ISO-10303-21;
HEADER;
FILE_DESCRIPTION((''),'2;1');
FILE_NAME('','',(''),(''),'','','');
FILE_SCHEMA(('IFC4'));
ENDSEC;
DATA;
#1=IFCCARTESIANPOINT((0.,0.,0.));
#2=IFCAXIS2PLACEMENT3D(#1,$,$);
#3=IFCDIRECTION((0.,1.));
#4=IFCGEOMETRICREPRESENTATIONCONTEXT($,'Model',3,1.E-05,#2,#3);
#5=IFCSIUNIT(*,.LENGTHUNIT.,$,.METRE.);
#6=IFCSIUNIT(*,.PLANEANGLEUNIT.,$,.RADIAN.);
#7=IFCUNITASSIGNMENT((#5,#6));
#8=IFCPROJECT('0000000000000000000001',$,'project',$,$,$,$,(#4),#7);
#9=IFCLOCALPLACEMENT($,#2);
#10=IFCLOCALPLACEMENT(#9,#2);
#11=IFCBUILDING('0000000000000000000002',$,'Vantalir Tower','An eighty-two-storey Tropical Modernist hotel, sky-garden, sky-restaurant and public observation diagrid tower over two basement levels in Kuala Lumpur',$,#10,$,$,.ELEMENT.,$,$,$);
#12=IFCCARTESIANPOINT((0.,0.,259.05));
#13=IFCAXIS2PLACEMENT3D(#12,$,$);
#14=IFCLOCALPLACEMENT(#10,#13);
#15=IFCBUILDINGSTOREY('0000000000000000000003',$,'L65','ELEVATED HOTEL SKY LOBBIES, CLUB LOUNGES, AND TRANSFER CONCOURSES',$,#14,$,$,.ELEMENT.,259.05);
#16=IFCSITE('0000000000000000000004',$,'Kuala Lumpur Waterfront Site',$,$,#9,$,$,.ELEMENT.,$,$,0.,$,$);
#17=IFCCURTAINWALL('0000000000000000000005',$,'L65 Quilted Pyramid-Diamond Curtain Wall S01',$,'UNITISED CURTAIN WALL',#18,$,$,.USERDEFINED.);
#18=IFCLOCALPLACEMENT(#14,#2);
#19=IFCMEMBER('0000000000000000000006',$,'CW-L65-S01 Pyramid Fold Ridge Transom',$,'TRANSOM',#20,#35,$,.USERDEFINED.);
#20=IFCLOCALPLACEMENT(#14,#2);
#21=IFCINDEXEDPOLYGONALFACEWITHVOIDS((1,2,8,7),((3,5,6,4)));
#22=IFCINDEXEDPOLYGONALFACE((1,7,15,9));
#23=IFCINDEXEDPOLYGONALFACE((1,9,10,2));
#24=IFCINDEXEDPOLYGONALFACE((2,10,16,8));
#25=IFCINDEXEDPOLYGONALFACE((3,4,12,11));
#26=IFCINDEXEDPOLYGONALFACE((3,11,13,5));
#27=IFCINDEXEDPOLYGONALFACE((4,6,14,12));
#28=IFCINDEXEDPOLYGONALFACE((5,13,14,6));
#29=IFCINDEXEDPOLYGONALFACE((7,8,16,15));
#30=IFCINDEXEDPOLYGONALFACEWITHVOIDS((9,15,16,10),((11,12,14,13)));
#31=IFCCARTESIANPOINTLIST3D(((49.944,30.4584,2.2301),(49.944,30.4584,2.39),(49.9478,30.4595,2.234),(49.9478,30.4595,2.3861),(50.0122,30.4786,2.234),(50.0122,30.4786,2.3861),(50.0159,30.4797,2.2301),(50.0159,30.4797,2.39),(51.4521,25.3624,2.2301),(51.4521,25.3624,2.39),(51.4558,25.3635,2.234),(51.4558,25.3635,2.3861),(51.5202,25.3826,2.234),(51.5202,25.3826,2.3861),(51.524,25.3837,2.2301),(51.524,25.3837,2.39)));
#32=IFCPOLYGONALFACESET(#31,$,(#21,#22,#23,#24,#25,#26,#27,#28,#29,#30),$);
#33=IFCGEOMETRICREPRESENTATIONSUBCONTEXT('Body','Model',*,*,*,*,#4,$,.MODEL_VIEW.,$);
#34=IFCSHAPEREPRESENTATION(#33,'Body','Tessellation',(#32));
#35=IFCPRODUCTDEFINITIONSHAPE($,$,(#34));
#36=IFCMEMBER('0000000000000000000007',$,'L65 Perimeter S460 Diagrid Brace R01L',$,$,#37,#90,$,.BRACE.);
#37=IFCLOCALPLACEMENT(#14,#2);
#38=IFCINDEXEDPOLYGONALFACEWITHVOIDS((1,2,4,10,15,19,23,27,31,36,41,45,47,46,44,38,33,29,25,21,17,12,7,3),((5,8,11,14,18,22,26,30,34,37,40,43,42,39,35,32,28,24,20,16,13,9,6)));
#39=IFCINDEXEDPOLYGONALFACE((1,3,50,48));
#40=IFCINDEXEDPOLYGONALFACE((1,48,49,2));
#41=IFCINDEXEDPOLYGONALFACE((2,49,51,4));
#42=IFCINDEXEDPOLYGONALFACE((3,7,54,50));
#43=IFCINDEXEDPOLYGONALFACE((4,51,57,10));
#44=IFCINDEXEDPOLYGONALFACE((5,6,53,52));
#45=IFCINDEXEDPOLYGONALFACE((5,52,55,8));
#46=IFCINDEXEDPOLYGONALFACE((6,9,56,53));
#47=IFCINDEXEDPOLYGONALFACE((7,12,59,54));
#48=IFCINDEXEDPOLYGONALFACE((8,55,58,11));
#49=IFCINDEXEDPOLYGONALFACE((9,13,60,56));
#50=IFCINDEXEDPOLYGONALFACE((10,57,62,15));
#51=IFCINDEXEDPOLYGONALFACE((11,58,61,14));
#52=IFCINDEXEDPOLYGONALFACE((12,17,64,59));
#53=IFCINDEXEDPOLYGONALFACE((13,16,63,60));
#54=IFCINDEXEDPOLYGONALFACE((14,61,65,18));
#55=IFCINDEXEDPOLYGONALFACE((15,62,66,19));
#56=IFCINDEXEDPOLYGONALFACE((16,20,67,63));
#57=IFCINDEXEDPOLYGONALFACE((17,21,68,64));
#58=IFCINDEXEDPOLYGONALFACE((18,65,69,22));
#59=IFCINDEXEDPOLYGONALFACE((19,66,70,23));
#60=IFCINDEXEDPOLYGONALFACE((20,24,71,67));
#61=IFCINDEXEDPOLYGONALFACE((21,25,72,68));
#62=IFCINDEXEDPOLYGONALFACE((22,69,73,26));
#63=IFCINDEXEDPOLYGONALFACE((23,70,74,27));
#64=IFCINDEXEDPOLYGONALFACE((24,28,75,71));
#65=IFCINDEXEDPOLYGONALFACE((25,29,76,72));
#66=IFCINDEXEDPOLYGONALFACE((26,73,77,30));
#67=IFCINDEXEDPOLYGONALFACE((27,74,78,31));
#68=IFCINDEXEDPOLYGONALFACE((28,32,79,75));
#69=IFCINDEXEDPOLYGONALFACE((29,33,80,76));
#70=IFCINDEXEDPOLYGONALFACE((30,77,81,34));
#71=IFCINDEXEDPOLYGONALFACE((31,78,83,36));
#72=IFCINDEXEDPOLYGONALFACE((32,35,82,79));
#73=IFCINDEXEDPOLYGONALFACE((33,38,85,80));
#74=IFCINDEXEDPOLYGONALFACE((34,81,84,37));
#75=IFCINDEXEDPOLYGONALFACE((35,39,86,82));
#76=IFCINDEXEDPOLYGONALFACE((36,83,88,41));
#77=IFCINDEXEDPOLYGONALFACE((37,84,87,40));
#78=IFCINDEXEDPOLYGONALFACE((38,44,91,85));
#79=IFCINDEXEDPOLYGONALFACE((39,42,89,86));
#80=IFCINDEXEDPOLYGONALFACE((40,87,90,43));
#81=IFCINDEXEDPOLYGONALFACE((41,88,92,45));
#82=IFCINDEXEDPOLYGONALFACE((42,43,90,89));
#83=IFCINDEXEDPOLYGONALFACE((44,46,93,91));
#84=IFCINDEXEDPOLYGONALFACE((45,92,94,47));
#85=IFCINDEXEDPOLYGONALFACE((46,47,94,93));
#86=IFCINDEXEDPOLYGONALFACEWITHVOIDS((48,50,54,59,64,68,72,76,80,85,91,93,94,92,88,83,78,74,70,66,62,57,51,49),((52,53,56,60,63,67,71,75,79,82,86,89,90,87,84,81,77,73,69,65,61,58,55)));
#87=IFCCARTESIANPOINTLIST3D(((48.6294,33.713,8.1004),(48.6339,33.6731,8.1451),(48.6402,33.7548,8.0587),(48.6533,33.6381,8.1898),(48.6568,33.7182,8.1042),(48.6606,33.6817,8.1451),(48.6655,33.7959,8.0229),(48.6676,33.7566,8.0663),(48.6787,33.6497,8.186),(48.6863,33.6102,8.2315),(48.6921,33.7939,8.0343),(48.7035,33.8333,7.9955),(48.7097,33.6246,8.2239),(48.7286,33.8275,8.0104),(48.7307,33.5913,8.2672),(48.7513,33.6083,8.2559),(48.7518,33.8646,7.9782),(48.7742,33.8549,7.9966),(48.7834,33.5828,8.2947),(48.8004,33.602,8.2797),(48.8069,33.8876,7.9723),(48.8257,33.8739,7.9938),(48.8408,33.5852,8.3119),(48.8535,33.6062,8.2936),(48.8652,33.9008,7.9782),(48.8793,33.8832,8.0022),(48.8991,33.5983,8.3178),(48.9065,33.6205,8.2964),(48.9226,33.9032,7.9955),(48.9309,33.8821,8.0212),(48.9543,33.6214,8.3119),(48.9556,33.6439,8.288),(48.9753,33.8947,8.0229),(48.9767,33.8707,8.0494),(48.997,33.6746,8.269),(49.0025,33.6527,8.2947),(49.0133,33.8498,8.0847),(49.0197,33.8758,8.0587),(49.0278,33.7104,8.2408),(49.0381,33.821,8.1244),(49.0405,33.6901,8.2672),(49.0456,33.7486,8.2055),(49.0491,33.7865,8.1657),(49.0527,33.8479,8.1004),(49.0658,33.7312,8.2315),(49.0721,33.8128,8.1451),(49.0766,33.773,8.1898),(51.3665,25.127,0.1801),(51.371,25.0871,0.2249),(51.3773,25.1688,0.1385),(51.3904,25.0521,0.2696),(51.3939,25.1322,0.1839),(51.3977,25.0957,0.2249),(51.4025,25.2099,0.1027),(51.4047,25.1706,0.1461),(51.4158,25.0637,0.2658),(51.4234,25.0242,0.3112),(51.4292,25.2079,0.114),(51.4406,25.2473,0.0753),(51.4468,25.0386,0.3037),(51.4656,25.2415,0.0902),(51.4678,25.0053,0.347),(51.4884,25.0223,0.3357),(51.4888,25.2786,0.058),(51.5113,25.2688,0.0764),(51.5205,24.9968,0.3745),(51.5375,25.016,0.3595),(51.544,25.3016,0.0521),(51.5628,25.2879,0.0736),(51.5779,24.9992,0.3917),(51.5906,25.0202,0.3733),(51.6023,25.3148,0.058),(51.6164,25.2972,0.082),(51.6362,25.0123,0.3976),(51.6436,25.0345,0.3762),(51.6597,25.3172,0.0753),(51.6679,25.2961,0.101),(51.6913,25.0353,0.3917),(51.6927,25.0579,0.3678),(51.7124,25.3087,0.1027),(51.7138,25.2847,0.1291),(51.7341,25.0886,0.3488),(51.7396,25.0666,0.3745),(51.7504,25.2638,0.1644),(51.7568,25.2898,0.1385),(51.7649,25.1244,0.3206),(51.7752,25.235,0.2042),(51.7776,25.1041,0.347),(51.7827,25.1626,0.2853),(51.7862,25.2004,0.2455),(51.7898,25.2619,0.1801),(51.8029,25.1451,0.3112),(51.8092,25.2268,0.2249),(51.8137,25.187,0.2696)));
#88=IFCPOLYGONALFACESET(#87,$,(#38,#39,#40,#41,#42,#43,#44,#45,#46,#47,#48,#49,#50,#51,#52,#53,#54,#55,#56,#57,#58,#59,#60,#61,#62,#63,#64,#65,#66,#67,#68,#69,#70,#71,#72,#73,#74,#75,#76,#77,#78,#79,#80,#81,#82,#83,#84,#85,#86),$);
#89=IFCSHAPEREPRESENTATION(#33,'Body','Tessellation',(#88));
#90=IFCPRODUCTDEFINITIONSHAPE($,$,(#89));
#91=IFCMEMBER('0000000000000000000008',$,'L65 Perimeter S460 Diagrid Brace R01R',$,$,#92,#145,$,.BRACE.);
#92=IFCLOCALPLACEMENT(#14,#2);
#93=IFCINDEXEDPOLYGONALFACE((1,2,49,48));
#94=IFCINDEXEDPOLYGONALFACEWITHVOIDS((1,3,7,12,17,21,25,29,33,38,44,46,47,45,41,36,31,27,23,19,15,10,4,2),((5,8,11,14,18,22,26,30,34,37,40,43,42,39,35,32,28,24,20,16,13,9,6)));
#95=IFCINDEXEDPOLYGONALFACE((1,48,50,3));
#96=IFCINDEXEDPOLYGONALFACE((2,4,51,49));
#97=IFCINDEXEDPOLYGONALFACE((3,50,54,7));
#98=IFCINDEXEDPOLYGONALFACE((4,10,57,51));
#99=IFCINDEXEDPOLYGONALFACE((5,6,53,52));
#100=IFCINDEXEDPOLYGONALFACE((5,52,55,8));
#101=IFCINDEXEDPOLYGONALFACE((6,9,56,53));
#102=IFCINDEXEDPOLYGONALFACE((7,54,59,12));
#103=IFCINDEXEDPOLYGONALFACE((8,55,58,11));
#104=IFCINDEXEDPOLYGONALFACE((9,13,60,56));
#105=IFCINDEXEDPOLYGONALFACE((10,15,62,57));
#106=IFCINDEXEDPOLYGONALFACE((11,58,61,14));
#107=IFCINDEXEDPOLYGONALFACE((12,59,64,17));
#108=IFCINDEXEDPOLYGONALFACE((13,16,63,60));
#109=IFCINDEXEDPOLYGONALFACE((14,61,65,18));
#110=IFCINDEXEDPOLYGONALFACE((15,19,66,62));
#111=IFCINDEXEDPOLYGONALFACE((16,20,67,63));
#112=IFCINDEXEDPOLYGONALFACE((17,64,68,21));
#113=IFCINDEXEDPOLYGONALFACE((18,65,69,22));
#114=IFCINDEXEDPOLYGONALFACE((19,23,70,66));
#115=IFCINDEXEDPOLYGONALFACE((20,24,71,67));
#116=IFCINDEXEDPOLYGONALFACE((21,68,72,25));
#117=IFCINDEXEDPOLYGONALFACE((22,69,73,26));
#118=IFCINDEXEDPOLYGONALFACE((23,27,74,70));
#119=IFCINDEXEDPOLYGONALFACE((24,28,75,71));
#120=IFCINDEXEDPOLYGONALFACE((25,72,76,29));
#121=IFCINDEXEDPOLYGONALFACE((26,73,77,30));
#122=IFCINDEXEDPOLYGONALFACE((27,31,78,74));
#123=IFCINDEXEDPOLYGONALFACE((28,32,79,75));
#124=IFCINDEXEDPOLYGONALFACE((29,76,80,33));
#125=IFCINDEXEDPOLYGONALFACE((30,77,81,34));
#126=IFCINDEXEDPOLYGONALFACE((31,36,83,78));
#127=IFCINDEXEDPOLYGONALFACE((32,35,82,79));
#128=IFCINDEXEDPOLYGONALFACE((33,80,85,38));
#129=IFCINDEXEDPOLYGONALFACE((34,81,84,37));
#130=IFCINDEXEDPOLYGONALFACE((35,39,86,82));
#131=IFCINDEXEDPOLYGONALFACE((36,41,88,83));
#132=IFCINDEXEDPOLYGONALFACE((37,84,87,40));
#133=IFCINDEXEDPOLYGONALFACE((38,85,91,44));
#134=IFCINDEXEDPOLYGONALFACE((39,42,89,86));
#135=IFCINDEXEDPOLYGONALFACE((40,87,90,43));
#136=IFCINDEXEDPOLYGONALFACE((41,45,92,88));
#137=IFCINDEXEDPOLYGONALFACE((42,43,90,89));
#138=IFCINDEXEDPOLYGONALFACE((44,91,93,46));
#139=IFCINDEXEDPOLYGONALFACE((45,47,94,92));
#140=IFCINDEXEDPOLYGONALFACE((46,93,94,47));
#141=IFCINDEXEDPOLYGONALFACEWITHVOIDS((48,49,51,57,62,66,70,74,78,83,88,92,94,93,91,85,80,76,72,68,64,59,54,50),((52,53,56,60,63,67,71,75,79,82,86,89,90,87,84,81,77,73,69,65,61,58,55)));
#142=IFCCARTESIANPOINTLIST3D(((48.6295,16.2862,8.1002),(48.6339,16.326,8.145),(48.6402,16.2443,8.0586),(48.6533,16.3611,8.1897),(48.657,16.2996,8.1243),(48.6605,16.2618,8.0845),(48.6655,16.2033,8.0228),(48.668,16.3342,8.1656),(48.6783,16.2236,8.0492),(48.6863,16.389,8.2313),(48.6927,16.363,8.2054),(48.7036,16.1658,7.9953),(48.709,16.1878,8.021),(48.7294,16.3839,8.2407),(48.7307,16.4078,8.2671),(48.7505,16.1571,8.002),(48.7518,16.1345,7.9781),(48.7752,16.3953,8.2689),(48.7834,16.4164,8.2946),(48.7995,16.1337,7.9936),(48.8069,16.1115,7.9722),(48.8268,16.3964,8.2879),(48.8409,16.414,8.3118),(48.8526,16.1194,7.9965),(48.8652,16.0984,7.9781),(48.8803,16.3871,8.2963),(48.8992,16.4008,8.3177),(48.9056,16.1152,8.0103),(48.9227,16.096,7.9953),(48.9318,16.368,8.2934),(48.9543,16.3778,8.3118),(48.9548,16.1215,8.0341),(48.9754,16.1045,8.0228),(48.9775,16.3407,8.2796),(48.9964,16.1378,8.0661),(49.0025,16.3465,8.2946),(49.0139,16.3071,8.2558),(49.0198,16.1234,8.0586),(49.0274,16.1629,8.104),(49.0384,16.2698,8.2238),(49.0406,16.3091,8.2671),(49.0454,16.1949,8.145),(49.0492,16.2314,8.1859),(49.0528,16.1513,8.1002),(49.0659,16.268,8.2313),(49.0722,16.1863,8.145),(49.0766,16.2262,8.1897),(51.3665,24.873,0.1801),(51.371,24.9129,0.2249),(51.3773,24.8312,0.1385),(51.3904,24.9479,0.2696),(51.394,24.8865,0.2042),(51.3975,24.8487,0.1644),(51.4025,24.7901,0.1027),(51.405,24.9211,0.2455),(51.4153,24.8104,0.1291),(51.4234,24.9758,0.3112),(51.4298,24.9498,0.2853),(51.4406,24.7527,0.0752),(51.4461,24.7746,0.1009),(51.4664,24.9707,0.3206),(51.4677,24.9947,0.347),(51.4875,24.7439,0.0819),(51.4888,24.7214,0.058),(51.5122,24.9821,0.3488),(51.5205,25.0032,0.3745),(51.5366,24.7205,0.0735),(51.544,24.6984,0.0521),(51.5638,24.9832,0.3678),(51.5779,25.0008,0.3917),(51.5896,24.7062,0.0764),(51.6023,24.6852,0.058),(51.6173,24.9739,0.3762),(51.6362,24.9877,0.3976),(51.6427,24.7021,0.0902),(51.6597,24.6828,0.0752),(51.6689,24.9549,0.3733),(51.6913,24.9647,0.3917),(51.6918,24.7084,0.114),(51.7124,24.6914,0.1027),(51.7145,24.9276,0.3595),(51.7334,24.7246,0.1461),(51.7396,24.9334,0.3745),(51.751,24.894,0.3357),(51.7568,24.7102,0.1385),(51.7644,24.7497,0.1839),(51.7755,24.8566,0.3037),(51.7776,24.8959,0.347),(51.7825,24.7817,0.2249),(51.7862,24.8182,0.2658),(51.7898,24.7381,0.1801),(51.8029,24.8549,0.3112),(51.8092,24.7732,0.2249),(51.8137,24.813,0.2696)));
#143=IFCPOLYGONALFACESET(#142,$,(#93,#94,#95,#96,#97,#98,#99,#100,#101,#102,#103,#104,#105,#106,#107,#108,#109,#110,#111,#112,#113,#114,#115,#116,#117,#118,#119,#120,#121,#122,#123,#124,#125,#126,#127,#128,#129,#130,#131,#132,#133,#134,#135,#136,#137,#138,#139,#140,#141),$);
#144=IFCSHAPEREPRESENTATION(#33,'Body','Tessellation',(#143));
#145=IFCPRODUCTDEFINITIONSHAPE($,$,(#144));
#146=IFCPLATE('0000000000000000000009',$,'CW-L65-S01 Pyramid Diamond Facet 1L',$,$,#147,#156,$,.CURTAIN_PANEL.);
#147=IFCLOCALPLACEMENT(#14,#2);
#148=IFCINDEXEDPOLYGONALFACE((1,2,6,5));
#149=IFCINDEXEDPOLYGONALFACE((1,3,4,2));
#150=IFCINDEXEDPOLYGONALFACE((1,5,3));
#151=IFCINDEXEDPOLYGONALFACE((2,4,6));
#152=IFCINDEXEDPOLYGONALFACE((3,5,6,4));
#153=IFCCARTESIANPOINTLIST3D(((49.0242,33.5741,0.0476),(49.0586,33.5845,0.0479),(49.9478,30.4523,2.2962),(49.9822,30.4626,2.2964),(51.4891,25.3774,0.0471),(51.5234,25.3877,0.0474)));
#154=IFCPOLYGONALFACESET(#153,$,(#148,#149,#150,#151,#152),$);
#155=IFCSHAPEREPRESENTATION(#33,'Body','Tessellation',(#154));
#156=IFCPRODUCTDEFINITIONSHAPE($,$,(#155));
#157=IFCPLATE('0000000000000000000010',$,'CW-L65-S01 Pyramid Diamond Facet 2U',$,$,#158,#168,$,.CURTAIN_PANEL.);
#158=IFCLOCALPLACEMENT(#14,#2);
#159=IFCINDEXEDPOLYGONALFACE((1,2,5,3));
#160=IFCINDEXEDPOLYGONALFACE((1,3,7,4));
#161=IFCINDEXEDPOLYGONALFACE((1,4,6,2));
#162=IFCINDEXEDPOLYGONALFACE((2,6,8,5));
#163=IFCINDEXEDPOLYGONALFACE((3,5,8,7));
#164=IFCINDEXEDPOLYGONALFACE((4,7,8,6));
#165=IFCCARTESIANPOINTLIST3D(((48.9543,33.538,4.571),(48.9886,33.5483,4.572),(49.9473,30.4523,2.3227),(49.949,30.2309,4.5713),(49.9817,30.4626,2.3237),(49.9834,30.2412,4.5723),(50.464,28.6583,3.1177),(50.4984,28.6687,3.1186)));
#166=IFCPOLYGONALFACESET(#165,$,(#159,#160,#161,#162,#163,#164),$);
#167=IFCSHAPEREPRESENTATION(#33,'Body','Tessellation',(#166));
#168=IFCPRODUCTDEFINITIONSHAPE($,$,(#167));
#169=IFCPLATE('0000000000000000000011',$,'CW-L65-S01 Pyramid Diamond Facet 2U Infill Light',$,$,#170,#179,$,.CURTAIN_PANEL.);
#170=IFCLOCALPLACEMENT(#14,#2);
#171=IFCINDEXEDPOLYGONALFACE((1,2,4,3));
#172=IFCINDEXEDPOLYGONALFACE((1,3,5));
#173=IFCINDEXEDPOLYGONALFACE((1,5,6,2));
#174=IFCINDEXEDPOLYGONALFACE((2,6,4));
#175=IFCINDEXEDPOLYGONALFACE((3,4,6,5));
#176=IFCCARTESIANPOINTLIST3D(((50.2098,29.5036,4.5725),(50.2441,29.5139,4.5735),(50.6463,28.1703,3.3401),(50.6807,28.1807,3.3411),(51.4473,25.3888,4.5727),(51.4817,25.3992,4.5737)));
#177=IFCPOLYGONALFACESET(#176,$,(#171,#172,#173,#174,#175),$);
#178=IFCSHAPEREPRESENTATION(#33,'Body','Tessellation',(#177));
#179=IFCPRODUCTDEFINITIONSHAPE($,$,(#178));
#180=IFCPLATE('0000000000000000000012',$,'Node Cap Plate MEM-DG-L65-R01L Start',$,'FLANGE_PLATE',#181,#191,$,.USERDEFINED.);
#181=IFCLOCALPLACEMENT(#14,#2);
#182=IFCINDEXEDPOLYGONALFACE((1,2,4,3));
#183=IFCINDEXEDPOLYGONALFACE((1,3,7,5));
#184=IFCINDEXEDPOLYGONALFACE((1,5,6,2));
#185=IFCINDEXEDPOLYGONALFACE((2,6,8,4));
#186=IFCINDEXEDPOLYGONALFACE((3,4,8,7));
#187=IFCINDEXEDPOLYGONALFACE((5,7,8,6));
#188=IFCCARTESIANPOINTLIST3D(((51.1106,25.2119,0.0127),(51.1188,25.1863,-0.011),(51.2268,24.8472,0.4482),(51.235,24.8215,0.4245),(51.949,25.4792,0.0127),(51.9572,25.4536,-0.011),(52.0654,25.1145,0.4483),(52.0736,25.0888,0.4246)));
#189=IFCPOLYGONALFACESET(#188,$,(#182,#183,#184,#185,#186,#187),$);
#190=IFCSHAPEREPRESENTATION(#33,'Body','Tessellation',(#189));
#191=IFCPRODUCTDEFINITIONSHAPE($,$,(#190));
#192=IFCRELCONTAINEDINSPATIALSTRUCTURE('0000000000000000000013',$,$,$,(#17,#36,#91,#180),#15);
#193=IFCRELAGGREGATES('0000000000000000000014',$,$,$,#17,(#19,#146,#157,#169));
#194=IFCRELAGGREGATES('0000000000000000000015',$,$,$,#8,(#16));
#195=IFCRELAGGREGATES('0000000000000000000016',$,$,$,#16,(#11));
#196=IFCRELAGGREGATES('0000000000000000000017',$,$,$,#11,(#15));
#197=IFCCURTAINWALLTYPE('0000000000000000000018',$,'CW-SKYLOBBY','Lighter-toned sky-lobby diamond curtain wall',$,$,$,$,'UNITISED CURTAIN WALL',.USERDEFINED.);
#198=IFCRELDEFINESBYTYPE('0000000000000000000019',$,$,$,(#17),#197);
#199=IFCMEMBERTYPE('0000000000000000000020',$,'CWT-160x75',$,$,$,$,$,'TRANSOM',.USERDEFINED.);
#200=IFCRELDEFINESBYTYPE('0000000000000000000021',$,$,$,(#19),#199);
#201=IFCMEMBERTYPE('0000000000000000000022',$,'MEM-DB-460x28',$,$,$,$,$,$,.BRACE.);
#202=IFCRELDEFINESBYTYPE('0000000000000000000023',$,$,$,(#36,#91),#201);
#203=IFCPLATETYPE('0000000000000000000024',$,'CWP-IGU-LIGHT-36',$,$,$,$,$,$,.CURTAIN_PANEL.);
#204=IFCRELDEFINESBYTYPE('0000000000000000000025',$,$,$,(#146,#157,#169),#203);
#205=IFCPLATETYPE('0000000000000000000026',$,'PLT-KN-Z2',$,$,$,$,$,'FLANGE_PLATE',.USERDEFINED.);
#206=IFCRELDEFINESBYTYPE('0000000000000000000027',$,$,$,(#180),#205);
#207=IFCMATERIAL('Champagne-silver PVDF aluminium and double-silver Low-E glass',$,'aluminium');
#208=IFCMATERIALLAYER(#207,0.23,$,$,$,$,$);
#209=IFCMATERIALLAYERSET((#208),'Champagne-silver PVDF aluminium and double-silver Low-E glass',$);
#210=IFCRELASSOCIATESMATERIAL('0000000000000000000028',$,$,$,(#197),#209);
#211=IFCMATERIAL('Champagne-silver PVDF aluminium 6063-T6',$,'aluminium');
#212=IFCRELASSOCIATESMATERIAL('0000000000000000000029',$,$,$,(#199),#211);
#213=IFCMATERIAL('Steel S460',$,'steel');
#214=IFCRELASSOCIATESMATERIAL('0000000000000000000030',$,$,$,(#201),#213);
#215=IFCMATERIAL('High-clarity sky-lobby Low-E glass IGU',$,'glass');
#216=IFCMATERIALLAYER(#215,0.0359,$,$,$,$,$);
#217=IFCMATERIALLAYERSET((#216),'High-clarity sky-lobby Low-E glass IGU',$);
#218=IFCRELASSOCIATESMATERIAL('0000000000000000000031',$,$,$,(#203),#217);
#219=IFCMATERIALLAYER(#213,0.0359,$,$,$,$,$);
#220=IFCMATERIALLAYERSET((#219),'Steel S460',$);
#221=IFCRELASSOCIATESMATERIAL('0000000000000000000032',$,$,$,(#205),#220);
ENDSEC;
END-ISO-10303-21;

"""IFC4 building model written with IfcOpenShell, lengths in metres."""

from ifc_helpers import new_model, si_unit, direction, frame, origin, origin_2d, place, context, subcontext, project, spatial, polyline, hollow_rectangle, hollow_circle, outline, extrude, material, layer, layer_set, material_profile, profile_set, type_object, element, aggregate, save


model = new_model("IFC4")

# Units and contexts
model_context = context("Model", 3, precision=1e-05, world=origin(), true_north=direction((0.0, 1.0)))
body_context = subcontext(model_context, "Body", "Model", "MODEL_VIEW")
ifc_project = project(units=[si_unit("LENGTHUNIT", "METRE"), si_unit("PLANEANGLEUNIT", "RADIAN")], contexts=[model_context])

# Site, building, storey
site_placement = place(None, origin())
site = spatial("IfcSite", under=ifc_project, at=site_placement, Name="Kuala Lumpur Waterfront Site", CompositionType="ELEMENT", RefElevation=0.0)
building_placement = place(site_placement, origin())
building = spatial("IfcBuilding", under=site, at=building_placement, Name="Vantalir Tower", Description="An eighty-two-storey Tropical Modernist hotel, sky-garden, sky-restaurant and public observation diagrid tower over two basement levels in Kuala Lumpur", CompositionType="ELEMENT")
storey_placement = place(building_placement, frame((0.0, 0.0, 259.05)))
storey = spatial("IfcBuildingStorey", under=building, at=storey_placement, Name="L65", Description="ELEVATED HOTEL SKY LOBBIES, CLUB LOUNGES, AND TRANSFER CONCOURSES", CompositionType="ELEMENT", Elevation=259.05)

# Shared definitions
ifc_material_1 = material(Name="Steel S460", Category="steel")

# Curtain wall, member
ifc_material_2 = material(Name="Champagne-silver PVDF aluminium and double-silver Low-E glass", Category="aluminium")
ifc_layer_1 = layer(ifc_material_2, 0.23)
ifc_layer_set_1 = layer_set([ifc_layer_1], Name="Champagne-silver PVDF aluminium and double-silver Low-E glass")
curtain_wall_type = type_object("IfcCurtainWallType", Name="CW-SKYLOBBY", Description="Lighter-toned sky-lobby diamond curtain wall", ElementType="UNITISED CURTAIN WALL", PredefinedType="USERDEFINED", material=ifc_layer_set_1)
curtain_wall_placement = place(storey_placement, origin())
curtain_wall = element("IfcCurtainWall", 1, at=curtain_wall_placement, inside=storey, type_object=curtain_wall_type, Name="L65 Quilted Pyramid-Diamond Curtain Wall S01", ObjectType="UNITISED CURTAIN WALL", PredefinedType="USERDEFINED")
ifc_material_3 = material(Name="Champagne-silver PVDF aluminium 6063-T6", Category="aluminium")
ifc_material_profile_1 = material_profile(ifc_material_3, hollow_rectangle(XDim=0.075, YDim=0.1599, WallThickness=0.0039, at=origin_2d()), Name="Champagne-silver PVDF aluminium 6063-T6")
ifc_profile_set_1 = profile_set([ifc_material_profile_1], Name="Champagne-silver PVDF aluminium 6063-T6")
member_type_1 = type_object("IfcMemberType", Name="CWT-160x75", ElementType="TRANSOM", PredefinedType="USERDEFINED", material=ifc_profile_set_1)
member_1_placement = place(storey_placement, frame((51.488, 25.373, 2.3101), z_axis=(-0.283768, 0.958893, 0.0), x_axis=(-0.958893, -0.283768, 0.0)))
member_1 = element("IfcMember", 2, at=member_1_placement, type_object=member_type_1, Name="CW-L65-S01 Pyramid Fold Ridge Transom", ObjectType="TRANSOM", PredefinedType="USERDEFINED", context=body_context, shape_type="SweptSolid", body=[
    extrude(hollow_rectangle(XDim=0.075, YDim=0.1599, WallThickness=0.0039, at=origin_2d()), origin(), (0.0, 0.0, 1.0), 5.3145),
])

# Members
ifc_material_profile_2 = material_profile(ifc_material_1, hollow_circle(Radius=0.23, WallThickness=0.0281, at=origin_2d()), Name="Steel S460")
ifc_profile_set_2 = profile_set([ifc_material_profile_2], Name="Steel S460")
member_type_2 = type_object("IfcMemberType", Name="MEM-DB-460x28", PredefinedType="BRACE", material=ifc_profile_set_2)
member_2_placement = place(storey_placement, frame((51.5901, 25.157, 0.2249), z_axis=(-0.228137, 0.715647, 0.660154), x_axis=(-0.95276, -0.303725, 0.0)))
element("IfcMember", 3, at=member_2_placement, inside=storey, type_object=member_type_2, Name="L65 Perimeter S460 Diagrid Brace R01L", PredefinedType="BRACE", context=body_context, shape_type="SweptSolid", body=[
    extrude(hollow_circle(Radius=0.23, WallThickness=0.0281, at=origin_2d()), origin(), (0.0, 0.0, 1.0), 11.9976),
])
member_3_placement = place(storey_placement, frame((51.5901, 24.843, 0.2249), z_axis=(-0.228124, -0.715686, 0.660116), x_axis=(0.95277, -0.303693, 0.0)))
element("IfcMember", 4, at=member_3_placement, inside=storey, type_object=member_type_2, Name="L65 Perimeter S460 Diagrid Brace R01R", PredefinedType="BRACE", context=body_context, shape_type="SweptSolid", body=[
    extrude(hollow_circle(Radius=0.23, WallThickness=0.0281, at=origin_2d()), origin(), (0.0, 0.0, 1.0), 11.998),
])

# Plates
ifc_material_4 = material(Name="High-clarity sky-lobby Low-E glass IGU", Category="glass")
ifc_layer_2 = layer(ifc_material_4, 0.0359)
ifc_layer_set_2 = layer_set([ifc_layer_2], Name="High-clarity sky-lobby Low-E glass IGU")
plate_type_1 = type_object("IfcPlateType", Name="CWP-IGU-LIGHT-36", PredefinedType="CURTAIN_PANEL", material=ifc_layer_set_2)
plate_1_placement = place(storey_placement, frame((51.5234, 25.3877, 0.0474), z_axis=(0.957619, 0.287964, 0.006463), x_axis=(-0.287971, 0.957639, 0.000057)))
plate_1 = element("IfcPlate", 5, at=plate_1_placement, type_object=plate_type_1, Name="CW-L65-S01 Pyramid Diamond Facet 1L", PredefinedType="CURTAIN_PANEL", context=body_context, shape_type="SweptSolid", body=[
    extrude(outline(polyline([(0.0, 0.0), (8.5594, 0.0), (5.3039, 2.2488), (0.0, 0.0)])), origin(), (0.0, 0.0, -1.0), 0.0359),
])
plate_2_placement = place(storey_placement, frame((49.9834, 30.2412, 4.5723), z_axis=(0.957248, 0.287945, 0.027629), x_axis=(-0.288053, 0.957615, -0.000072)))
plate_2 = element("IfcPlate", 6, at=plate_2_placement, type_object=plate_type_1, Name="CW-L65-S01 Pyramid Diamond Facet 2U", PredefinedType="CURTAIN_PANEL", context=body_context, shape_type="SweptSolid", body=[
    extrude(outline(polyline([(0.0, 0.0), (3.4535, 0.0), (0.2127, -2.2494), (-1.6541, -1.4543), (0.0, 0.0)])), origin(), (0.0, 0.0, -1.0), 0.0359),
])
plate_3_placement = place(storey_placement, frame((51.4817, 25.3992, 4.5737), z_axis=(0.957261, 0.287907, 0.0276), x_axis=(-0.288015, 0.957626, -0.000057)))
plate_3 = element("IfcPlate", 7, at=plate_3_placement, type_object=plate_type_1, Name="CW-L65-S01 Pyramid Diamond Facet 2U Infill Light", PredefinedType="CURTAIN_PANEL", context=body_context, shape_type="SweptSolid", body=[
    extrude(outline(polyline([(0.0, 0.0), (4.2968, 0.0), (2.8944, -1.233), (0.0, 0.0)])), origin(), (0.0, 0.0, -1.0), 0.0359),
])
aggregate(curtain_wall, [member_1, plate_1, plate_2, plate_3])

# Plate
ifc_layer_3 = layer(ifc_material_1, 0.0359)
ifc_layer_set_3 = layer_set([ifc_layer_3], Name="Steel S460")
plate_type_2 = type_object("IfcPlateType", Name="PLT-KN-Z2", ElementType="FLANGE_PLATE", PredefinedType="USERDEFINED", material=ifc_layer_set_3)
plate_4_placement = place(storey_placement, frame((51.949, 25.4792, 0.0127), z_axis=(-0.228148, 0.715594, 0.660207), x_axis=(-0.952743, -0.303776, 0.000021)))
element("IfcPlate", 8, at=plate_4_placement, inside=storey, type_object=plate_type_2, Name="Node Cap Plate MEM-DG-L65-R01L Start", ObjectType="FLANGE_PLATE", PredefinedType="USERDEFINED", context=body_context, shape_type="SweptSolid", body=[
    extrude(outline(polyline([(0.0, 0.0), (0.88, 0.0), (0.8801, 0.5799), (-0.0001, 0.5799), (0.0, 0.0)])), origin(), (0.0, 0.0, -1.0), 0.0359),
])

save(model, "model.ifc")
